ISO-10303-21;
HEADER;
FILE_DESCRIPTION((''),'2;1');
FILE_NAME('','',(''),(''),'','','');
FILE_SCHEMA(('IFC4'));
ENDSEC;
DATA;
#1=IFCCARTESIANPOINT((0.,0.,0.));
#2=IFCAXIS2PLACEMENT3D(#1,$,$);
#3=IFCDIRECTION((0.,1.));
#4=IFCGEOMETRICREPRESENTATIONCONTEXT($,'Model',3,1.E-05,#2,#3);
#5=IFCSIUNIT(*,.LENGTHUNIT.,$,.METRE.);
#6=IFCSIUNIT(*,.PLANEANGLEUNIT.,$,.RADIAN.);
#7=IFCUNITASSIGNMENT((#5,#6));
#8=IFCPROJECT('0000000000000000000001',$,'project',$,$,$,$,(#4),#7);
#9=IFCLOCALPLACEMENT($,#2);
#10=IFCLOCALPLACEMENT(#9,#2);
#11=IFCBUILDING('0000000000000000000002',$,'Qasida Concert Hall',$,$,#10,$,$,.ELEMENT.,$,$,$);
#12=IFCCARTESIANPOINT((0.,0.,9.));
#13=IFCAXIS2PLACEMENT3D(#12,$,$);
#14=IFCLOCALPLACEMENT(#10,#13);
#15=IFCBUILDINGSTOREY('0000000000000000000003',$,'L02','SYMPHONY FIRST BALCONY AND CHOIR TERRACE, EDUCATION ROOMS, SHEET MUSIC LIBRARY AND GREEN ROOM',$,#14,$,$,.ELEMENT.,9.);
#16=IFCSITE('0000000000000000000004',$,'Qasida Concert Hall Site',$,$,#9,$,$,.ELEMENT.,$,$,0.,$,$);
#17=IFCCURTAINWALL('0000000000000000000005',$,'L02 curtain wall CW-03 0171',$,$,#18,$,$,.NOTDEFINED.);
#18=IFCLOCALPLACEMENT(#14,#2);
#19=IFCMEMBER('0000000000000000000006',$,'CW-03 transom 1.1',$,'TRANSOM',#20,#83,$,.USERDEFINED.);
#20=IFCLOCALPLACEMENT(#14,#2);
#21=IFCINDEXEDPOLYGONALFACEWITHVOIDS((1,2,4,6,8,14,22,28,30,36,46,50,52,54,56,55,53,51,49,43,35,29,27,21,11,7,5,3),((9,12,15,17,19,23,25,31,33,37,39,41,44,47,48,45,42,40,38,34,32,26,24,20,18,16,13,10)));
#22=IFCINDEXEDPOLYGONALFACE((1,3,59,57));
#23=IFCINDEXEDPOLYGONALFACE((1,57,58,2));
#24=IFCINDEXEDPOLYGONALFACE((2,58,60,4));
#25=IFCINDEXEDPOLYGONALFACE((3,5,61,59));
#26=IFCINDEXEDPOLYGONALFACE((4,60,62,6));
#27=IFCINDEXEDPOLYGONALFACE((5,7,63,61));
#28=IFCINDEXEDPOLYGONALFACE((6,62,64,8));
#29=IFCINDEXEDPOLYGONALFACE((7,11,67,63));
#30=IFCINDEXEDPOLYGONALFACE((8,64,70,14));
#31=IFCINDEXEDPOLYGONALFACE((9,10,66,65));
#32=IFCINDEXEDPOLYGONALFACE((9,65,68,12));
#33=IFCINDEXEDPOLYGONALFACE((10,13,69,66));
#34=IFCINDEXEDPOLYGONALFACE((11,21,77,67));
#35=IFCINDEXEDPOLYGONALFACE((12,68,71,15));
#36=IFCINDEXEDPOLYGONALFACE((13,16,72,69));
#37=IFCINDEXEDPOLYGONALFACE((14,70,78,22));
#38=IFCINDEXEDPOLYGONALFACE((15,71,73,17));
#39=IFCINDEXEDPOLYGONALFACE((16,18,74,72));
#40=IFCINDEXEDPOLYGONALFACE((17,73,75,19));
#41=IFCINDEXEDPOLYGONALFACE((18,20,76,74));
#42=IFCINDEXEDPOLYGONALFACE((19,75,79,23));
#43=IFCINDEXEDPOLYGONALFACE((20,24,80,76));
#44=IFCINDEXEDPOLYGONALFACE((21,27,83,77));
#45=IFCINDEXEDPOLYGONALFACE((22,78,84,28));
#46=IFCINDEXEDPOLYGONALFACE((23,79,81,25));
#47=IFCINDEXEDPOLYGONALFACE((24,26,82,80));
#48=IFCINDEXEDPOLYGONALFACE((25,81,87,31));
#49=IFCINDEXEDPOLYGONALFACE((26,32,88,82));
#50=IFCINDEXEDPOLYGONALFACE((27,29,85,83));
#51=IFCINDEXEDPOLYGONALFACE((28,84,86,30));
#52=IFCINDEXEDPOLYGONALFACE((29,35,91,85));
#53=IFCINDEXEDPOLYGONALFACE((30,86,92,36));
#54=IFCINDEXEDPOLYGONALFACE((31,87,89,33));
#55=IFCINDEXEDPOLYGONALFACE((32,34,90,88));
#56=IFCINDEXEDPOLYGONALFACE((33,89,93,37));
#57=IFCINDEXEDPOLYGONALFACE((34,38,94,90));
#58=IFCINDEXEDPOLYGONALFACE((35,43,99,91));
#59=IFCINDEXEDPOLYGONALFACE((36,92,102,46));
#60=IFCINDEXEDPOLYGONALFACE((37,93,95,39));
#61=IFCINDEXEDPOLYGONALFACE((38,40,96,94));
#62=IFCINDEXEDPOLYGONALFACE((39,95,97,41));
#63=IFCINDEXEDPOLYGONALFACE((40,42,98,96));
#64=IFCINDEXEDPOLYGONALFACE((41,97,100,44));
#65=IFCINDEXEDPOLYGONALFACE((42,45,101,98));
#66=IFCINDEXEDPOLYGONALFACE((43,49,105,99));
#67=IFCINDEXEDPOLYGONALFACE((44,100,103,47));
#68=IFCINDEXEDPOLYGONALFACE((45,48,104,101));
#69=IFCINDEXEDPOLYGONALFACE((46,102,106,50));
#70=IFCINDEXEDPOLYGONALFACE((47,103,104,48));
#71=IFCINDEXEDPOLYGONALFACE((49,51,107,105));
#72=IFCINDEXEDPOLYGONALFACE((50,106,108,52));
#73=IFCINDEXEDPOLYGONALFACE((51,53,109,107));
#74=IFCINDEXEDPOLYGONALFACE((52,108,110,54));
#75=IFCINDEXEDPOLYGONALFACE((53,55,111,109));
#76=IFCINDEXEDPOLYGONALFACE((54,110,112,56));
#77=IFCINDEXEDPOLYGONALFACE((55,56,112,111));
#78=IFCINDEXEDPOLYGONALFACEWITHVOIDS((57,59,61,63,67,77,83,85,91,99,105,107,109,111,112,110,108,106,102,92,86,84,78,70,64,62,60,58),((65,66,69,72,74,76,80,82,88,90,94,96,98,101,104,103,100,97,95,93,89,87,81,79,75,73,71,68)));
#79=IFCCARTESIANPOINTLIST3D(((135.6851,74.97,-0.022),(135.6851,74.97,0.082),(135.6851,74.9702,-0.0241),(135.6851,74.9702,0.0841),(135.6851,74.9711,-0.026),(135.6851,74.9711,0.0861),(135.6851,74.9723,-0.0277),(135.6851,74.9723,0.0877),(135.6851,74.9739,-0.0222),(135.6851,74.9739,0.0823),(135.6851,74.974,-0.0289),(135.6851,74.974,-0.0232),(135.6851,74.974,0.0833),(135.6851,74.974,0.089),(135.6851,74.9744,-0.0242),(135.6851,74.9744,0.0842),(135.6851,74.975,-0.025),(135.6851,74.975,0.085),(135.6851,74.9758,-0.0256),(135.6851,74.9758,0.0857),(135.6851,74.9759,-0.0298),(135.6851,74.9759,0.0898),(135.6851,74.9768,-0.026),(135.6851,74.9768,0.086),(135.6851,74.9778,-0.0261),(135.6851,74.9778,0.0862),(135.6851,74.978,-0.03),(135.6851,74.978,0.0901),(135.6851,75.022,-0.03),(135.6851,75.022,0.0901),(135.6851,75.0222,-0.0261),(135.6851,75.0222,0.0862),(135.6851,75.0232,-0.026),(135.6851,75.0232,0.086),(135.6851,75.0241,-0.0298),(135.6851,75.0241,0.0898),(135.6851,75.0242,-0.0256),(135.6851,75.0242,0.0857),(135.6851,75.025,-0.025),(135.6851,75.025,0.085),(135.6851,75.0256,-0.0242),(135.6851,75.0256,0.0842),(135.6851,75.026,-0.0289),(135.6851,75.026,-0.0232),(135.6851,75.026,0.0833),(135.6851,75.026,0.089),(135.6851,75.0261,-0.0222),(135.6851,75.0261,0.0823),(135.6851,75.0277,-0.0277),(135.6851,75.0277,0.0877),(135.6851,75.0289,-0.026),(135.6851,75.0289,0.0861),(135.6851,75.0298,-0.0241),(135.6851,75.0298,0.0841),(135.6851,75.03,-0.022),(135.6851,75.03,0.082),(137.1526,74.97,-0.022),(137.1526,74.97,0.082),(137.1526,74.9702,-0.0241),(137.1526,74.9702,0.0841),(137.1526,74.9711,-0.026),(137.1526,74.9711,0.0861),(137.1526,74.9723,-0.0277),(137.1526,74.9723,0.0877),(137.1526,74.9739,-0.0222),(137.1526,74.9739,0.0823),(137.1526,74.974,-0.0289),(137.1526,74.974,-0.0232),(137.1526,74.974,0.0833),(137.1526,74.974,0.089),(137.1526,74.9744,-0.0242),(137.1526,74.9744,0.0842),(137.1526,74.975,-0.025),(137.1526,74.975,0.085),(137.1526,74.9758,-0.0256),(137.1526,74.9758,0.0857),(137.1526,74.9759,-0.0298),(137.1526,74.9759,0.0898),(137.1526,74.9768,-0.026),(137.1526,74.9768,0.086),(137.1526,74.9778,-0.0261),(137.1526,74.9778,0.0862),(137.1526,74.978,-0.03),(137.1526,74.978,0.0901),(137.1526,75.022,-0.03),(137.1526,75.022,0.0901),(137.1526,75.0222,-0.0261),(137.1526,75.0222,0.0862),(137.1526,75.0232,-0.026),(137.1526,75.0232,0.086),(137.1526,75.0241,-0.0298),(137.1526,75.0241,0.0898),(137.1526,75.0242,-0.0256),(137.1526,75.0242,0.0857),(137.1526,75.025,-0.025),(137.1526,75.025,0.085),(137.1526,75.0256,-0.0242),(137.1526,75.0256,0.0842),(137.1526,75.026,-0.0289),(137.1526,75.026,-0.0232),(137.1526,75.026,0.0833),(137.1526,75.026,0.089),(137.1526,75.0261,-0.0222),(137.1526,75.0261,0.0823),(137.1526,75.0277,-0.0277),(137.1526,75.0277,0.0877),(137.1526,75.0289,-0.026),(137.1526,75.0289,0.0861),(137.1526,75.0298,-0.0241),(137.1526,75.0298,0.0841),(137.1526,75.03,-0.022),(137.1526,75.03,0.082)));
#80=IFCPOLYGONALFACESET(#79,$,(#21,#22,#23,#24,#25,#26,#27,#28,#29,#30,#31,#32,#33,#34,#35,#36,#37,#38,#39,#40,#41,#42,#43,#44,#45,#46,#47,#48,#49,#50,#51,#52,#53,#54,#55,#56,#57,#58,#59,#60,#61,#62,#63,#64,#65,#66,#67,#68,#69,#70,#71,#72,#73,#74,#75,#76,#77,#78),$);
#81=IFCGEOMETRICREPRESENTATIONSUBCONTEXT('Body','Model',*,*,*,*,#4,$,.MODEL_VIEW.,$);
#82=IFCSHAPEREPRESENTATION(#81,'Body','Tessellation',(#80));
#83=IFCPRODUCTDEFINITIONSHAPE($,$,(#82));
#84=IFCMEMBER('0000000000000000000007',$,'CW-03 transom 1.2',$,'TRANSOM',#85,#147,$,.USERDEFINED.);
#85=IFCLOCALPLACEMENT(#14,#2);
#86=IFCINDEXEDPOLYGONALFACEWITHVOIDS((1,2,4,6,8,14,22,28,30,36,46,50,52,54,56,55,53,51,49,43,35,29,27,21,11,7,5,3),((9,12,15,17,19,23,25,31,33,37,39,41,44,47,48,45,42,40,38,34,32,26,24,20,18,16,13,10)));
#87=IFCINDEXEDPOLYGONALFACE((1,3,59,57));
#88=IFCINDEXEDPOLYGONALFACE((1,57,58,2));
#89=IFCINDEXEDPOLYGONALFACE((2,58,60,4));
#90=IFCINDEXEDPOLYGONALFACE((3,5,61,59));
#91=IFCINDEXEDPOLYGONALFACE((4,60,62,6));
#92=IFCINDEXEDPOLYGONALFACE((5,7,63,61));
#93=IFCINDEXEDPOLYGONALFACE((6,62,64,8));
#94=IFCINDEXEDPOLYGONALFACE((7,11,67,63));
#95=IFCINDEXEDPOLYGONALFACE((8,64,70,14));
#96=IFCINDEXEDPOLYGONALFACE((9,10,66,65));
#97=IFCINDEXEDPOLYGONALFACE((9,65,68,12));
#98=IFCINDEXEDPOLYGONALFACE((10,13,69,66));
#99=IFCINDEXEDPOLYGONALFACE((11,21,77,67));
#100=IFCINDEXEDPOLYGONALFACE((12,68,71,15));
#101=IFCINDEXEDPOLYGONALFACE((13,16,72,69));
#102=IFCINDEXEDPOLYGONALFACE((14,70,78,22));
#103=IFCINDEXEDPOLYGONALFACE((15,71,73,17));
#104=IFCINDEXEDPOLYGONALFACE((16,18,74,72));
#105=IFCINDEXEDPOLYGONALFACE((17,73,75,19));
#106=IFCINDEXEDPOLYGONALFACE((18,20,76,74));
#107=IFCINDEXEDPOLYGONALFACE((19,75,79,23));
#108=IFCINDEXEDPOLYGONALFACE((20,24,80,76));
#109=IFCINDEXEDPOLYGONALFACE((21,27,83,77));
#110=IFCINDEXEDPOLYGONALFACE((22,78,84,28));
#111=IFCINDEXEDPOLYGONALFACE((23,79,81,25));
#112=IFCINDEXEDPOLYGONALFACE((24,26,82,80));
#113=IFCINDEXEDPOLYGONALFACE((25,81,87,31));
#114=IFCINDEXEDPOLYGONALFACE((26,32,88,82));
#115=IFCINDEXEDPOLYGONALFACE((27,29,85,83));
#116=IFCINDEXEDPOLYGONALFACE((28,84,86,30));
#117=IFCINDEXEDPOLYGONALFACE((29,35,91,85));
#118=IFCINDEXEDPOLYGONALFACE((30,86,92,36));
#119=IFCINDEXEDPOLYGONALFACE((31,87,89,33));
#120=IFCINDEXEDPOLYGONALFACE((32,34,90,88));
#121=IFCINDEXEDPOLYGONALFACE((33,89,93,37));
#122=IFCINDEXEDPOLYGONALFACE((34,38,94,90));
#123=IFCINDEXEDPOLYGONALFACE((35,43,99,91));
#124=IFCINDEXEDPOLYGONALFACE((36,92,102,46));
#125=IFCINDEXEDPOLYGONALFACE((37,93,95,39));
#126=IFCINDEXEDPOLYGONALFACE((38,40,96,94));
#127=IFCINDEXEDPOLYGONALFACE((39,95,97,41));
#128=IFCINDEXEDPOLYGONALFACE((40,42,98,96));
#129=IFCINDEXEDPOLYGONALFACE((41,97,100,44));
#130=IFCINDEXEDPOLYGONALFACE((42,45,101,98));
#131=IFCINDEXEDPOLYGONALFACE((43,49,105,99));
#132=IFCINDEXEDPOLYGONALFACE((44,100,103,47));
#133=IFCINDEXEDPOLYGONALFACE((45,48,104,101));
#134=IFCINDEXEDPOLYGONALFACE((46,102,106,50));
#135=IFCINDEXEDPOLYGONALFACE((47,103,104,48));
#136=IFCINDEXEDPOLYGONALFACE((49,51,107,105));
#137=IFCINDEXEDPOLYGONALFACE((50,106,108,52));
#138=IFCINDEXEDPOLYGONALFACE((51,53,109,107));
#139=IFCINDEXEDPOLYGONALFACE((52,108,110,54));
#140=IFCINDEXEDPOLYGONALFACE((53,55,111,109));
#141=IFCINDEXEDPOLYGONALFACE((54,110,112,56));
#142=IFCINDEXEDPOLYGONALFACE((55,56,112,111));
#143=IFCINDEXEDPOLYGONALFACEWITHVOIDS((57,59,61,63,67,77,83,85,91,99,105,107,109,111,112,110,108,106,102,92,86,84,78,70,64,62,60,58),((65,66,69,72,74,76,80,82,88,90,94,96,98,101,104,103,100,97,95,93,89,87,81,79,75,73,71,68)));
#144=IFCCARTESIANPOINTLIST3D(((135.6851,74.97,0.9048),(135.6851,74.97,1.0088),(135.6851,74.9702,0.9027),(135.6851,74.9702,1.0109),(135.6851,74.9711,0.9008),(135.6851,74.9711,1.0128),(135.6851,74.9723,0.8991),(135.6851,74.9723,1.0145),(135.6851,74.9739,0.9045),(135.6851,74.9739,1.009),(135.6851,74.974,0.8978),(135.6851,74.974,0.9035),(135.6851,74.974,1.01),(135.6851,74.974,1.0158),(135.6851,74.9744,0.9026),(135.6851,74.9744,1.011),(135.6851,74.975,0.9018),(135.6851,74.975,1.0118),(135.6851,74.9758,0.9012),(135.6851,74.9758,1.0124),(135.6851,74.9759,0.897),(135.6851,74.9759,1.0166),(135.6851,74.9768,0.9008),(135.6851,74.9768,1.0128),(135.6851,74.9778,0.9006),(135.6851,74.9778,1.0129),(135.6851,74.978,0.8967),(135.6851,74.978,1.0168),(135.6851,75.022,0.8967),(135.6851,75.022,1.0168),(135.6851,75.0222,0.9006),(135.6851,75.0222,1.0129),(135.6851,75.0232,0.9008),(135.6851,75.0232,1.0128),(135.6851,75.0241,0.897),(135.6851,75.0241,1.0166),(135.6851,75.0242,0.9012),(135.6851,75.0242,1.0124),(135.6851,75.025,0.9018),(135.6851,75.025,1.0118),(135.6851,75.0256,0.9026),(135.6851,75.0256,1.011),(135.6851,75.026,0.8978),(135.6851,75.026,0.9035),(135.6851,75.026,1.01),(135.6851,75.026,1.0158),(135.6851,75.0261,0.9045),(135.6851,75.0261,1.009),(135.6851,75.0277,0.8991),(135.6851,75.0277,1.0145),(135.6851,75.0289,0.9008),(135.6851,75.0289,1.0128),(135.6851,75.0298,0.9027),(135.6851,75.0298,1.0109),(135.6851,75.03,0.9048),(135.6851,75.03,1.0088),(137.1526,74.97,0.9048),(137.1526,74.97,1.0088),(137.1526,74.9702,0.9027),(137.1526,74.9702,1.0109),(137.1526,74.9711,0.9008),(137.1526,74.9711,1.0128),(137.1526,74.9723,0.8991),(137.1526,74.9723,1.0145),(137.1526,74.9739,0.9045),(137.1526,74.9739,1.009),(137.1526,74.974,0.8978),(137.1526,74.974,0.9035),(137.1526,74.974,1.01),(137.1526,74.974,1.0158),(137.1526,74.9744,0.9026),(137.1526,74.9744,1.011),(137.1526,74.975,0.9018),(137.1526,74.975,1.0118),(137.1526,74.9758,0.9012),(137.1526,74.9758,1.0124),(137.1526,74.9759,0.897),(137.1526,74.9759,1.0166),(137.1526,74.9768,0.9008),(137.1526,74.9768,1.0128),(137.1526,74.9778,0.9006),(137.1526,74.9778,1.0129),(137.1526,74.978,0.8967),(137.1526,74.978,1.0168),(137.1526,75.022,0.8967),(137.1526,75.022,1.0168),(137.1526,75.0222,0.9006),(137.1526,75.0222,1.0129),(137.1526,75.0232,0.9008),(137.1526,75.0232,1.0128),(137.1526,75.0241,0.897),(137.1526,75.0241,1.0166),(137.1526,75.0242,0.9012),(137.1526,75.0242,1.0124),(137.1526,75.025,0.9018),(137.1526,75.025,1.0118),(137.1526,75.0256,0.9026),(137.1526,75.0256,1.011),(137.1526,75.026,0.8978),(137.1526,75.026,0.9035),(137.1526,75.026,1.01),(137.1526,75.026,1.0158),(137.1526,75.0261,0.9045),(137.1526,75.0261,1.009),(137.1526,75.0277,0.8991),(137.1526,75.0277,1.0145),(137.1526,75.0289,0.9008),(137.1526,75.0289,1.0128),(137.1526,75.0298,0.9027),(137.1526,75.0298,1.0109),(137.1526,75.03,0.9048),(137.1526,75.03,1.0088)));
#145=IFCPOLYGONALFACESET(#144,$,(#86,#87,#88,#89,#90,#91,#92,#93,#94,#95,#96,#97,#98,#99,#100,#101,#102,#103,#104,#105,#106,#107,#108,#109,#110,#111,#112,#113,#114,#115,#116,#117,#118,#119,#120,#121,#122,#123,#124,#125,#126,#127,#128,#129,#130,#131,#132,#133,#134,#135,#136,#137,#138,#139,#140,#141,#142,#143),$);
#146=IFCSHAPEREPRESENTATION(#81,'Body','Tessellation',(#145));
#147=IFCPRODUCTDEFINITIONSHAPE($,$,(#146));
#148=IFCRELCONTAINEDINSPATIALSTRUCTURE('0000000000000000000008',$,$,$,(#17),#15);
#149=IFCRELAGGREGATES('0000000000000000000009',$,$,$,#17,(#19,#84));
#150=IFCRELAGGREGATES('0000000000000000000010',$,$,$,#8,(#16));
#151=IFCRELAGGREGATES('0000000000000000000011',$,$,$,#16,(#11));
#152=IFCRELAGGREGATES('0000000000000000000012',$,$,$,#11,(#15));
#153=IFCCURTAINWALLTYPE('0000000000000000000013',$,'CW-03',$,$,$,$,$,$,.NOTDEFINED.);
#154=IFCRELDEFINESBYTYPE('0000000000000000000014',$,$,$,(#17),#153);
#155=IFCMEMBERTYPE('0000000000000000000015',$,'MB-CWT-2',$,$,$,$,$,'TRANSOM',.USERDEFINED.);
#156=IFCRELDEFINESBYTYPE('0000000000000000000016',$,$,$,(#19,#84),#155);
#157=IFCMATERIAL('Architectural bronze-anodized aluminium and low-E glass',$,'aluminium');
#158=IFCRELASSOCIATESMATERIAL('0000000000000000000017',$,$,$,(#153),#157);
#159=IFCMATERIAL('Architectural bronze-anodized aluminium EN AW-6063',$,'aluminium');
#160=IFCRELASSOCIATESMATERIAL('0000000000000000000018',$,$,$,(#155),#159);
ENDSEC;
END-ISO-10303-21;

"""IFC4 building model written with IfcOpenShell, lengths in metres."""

from ifc_helpers import new_model, si_unit, direction, frame, origin, origin_2d, place, context, subcontext, project, spatial, hollow_rectangle, extrude, material, material_profile, profile_set, type_object, element, aggregate, save


model = new_model("IFC4")

# Units and contexts
model_context = context("Model", 3, precision=1e-05, world=origin(), true_north=direction((0.0, 1.0)))
body_context = subcontext(model_context, "Body", "Model", "MODEL_VIEW")
ifc_project = project(units=[si_unit("LENGTHUNIT", "METRE"), si_unit("PLANEANGLEUNIT", "RADIAN")], contexts=[model_context])

# Site, building, storey
site_placement = place(None, origin())
site = spatial("IfcSite", under=ifc_project, at=site_placement, Name="Qasida Concert Hall Site", CompositionType="ELEMENT", RefElevation=0.0)
building_placement = place(site_placement, origin())
building = spatial("IfcBuilding", under=site, at=building_placement, Name="Qasida Concert Hall", CompositionType="ELEMENT")
storey_placement = place(building_placement, frame((0.0, 0.0, 9.0)))
storey = spatial("IfcBuildingStorey", under=building, at=storey_placement, Name="L02", Description="SYMPHONY FIRST BALCONY AND CHOIR TERRACE, EDUCATION ROOMS, SHEET MUSIC LIBRARY AND GREEN ROOM", CompositionType="ELEMENT", Elevation=9.0)

# Curtain wall, members
ifc_material_1 = material(Name="Architectural bronze-anodized aluminium and low-E glass", Category="aluminium")
curtain_wall_type = type_object("IfcCurtainWallType", Name="CW-03", PredefinedType="NOTDEFINED", material=ifc_material_1)
curtain_wall_placement = place(storey_placement, origin())
curtain_wall = element("IfcCurtainWall", 1, at=curtain_wall_placement, inside=storey, type_object=curtain_wall_type, Name="L02 curtain wall CW-03 0171", PredefinedType="NOTDEFINED")
ifc_material_2 = material(Name="Architectural bronze-anodized aluminium EN AW-6063", Category="aluminium")
ifc_material_profile_1 = material_profile(ifc_material_2, hollow_rectangle(XDim=0.0601, YDim=0.1201, WallThickness=0.0039, InnerFilletRadius=0.0039, OuterFilletRadius=0.0081, at=origin_2d()), Name="CWT 120x60x4")
ifc_profile_set_1 = profile_set([ifc_material_profile_1], Name="Architectural bronze-anodized aluminium EN AW-6063")
member_type_1 = type_object("IfcMemberType", Name="MB-CWT-2", ElementType="TRANSOM", PredefinedType="USERDEFINED", material=ifc_profile_set_1)
member_1_placement = place(storey_placement, frame((135.6851, 75.0, 0.03), z_axis=(1.0, 0.0, 0.0), x_axis=(0.0, 1.0, 0.0)))
member_1 = element("IfcMember", 2, at=member_1_placement, type_object=member_type_1, Name="CW-03 transom 1.1", ObjectType="TRANSOM", PredefinedType="USERDEFINED", context=body_context, shape_type="SweptSolid", body=[
    extrude(hollow_rectangle(XDim=0.0601, YDim=0.1201, WallThickness=0.0039, InnerFilletRadius=0.0039, OuterFilletRadius=0.0081, at=origin_2d()), origin(), (0.0, 0.0, 1.0), 1.4675),
])
member_2_placement = place(storey_placement, frame((135.6851, 75.0, 0.9568), z_axis=(1.0, 0.0, 0.0), x_axis=(0.0, 1.0, 0.0)))
member_2 = element("IfcMember", 3, at=member_2_placement, type_object=member_type_1, Name="CW-03 transom 1.2", ObjectType="TRANSOM", PredefinedType="USERDEFINED", context=body_context, shape_type="SweptSolid", body=[
    extrude(hollow_rectangle(XDim=0.0601, YDim=0.1201, WallThickness=0.0039, InnerFilletRadius=0.0039, OuterFilletRadius=0.0081, at=origin_2d()), origin(), (0.0, 0.0, 1.0), 1.4675),
])
aggregate(curtain_wall, [member_1, member_2])

save(model, "model.ifc")
